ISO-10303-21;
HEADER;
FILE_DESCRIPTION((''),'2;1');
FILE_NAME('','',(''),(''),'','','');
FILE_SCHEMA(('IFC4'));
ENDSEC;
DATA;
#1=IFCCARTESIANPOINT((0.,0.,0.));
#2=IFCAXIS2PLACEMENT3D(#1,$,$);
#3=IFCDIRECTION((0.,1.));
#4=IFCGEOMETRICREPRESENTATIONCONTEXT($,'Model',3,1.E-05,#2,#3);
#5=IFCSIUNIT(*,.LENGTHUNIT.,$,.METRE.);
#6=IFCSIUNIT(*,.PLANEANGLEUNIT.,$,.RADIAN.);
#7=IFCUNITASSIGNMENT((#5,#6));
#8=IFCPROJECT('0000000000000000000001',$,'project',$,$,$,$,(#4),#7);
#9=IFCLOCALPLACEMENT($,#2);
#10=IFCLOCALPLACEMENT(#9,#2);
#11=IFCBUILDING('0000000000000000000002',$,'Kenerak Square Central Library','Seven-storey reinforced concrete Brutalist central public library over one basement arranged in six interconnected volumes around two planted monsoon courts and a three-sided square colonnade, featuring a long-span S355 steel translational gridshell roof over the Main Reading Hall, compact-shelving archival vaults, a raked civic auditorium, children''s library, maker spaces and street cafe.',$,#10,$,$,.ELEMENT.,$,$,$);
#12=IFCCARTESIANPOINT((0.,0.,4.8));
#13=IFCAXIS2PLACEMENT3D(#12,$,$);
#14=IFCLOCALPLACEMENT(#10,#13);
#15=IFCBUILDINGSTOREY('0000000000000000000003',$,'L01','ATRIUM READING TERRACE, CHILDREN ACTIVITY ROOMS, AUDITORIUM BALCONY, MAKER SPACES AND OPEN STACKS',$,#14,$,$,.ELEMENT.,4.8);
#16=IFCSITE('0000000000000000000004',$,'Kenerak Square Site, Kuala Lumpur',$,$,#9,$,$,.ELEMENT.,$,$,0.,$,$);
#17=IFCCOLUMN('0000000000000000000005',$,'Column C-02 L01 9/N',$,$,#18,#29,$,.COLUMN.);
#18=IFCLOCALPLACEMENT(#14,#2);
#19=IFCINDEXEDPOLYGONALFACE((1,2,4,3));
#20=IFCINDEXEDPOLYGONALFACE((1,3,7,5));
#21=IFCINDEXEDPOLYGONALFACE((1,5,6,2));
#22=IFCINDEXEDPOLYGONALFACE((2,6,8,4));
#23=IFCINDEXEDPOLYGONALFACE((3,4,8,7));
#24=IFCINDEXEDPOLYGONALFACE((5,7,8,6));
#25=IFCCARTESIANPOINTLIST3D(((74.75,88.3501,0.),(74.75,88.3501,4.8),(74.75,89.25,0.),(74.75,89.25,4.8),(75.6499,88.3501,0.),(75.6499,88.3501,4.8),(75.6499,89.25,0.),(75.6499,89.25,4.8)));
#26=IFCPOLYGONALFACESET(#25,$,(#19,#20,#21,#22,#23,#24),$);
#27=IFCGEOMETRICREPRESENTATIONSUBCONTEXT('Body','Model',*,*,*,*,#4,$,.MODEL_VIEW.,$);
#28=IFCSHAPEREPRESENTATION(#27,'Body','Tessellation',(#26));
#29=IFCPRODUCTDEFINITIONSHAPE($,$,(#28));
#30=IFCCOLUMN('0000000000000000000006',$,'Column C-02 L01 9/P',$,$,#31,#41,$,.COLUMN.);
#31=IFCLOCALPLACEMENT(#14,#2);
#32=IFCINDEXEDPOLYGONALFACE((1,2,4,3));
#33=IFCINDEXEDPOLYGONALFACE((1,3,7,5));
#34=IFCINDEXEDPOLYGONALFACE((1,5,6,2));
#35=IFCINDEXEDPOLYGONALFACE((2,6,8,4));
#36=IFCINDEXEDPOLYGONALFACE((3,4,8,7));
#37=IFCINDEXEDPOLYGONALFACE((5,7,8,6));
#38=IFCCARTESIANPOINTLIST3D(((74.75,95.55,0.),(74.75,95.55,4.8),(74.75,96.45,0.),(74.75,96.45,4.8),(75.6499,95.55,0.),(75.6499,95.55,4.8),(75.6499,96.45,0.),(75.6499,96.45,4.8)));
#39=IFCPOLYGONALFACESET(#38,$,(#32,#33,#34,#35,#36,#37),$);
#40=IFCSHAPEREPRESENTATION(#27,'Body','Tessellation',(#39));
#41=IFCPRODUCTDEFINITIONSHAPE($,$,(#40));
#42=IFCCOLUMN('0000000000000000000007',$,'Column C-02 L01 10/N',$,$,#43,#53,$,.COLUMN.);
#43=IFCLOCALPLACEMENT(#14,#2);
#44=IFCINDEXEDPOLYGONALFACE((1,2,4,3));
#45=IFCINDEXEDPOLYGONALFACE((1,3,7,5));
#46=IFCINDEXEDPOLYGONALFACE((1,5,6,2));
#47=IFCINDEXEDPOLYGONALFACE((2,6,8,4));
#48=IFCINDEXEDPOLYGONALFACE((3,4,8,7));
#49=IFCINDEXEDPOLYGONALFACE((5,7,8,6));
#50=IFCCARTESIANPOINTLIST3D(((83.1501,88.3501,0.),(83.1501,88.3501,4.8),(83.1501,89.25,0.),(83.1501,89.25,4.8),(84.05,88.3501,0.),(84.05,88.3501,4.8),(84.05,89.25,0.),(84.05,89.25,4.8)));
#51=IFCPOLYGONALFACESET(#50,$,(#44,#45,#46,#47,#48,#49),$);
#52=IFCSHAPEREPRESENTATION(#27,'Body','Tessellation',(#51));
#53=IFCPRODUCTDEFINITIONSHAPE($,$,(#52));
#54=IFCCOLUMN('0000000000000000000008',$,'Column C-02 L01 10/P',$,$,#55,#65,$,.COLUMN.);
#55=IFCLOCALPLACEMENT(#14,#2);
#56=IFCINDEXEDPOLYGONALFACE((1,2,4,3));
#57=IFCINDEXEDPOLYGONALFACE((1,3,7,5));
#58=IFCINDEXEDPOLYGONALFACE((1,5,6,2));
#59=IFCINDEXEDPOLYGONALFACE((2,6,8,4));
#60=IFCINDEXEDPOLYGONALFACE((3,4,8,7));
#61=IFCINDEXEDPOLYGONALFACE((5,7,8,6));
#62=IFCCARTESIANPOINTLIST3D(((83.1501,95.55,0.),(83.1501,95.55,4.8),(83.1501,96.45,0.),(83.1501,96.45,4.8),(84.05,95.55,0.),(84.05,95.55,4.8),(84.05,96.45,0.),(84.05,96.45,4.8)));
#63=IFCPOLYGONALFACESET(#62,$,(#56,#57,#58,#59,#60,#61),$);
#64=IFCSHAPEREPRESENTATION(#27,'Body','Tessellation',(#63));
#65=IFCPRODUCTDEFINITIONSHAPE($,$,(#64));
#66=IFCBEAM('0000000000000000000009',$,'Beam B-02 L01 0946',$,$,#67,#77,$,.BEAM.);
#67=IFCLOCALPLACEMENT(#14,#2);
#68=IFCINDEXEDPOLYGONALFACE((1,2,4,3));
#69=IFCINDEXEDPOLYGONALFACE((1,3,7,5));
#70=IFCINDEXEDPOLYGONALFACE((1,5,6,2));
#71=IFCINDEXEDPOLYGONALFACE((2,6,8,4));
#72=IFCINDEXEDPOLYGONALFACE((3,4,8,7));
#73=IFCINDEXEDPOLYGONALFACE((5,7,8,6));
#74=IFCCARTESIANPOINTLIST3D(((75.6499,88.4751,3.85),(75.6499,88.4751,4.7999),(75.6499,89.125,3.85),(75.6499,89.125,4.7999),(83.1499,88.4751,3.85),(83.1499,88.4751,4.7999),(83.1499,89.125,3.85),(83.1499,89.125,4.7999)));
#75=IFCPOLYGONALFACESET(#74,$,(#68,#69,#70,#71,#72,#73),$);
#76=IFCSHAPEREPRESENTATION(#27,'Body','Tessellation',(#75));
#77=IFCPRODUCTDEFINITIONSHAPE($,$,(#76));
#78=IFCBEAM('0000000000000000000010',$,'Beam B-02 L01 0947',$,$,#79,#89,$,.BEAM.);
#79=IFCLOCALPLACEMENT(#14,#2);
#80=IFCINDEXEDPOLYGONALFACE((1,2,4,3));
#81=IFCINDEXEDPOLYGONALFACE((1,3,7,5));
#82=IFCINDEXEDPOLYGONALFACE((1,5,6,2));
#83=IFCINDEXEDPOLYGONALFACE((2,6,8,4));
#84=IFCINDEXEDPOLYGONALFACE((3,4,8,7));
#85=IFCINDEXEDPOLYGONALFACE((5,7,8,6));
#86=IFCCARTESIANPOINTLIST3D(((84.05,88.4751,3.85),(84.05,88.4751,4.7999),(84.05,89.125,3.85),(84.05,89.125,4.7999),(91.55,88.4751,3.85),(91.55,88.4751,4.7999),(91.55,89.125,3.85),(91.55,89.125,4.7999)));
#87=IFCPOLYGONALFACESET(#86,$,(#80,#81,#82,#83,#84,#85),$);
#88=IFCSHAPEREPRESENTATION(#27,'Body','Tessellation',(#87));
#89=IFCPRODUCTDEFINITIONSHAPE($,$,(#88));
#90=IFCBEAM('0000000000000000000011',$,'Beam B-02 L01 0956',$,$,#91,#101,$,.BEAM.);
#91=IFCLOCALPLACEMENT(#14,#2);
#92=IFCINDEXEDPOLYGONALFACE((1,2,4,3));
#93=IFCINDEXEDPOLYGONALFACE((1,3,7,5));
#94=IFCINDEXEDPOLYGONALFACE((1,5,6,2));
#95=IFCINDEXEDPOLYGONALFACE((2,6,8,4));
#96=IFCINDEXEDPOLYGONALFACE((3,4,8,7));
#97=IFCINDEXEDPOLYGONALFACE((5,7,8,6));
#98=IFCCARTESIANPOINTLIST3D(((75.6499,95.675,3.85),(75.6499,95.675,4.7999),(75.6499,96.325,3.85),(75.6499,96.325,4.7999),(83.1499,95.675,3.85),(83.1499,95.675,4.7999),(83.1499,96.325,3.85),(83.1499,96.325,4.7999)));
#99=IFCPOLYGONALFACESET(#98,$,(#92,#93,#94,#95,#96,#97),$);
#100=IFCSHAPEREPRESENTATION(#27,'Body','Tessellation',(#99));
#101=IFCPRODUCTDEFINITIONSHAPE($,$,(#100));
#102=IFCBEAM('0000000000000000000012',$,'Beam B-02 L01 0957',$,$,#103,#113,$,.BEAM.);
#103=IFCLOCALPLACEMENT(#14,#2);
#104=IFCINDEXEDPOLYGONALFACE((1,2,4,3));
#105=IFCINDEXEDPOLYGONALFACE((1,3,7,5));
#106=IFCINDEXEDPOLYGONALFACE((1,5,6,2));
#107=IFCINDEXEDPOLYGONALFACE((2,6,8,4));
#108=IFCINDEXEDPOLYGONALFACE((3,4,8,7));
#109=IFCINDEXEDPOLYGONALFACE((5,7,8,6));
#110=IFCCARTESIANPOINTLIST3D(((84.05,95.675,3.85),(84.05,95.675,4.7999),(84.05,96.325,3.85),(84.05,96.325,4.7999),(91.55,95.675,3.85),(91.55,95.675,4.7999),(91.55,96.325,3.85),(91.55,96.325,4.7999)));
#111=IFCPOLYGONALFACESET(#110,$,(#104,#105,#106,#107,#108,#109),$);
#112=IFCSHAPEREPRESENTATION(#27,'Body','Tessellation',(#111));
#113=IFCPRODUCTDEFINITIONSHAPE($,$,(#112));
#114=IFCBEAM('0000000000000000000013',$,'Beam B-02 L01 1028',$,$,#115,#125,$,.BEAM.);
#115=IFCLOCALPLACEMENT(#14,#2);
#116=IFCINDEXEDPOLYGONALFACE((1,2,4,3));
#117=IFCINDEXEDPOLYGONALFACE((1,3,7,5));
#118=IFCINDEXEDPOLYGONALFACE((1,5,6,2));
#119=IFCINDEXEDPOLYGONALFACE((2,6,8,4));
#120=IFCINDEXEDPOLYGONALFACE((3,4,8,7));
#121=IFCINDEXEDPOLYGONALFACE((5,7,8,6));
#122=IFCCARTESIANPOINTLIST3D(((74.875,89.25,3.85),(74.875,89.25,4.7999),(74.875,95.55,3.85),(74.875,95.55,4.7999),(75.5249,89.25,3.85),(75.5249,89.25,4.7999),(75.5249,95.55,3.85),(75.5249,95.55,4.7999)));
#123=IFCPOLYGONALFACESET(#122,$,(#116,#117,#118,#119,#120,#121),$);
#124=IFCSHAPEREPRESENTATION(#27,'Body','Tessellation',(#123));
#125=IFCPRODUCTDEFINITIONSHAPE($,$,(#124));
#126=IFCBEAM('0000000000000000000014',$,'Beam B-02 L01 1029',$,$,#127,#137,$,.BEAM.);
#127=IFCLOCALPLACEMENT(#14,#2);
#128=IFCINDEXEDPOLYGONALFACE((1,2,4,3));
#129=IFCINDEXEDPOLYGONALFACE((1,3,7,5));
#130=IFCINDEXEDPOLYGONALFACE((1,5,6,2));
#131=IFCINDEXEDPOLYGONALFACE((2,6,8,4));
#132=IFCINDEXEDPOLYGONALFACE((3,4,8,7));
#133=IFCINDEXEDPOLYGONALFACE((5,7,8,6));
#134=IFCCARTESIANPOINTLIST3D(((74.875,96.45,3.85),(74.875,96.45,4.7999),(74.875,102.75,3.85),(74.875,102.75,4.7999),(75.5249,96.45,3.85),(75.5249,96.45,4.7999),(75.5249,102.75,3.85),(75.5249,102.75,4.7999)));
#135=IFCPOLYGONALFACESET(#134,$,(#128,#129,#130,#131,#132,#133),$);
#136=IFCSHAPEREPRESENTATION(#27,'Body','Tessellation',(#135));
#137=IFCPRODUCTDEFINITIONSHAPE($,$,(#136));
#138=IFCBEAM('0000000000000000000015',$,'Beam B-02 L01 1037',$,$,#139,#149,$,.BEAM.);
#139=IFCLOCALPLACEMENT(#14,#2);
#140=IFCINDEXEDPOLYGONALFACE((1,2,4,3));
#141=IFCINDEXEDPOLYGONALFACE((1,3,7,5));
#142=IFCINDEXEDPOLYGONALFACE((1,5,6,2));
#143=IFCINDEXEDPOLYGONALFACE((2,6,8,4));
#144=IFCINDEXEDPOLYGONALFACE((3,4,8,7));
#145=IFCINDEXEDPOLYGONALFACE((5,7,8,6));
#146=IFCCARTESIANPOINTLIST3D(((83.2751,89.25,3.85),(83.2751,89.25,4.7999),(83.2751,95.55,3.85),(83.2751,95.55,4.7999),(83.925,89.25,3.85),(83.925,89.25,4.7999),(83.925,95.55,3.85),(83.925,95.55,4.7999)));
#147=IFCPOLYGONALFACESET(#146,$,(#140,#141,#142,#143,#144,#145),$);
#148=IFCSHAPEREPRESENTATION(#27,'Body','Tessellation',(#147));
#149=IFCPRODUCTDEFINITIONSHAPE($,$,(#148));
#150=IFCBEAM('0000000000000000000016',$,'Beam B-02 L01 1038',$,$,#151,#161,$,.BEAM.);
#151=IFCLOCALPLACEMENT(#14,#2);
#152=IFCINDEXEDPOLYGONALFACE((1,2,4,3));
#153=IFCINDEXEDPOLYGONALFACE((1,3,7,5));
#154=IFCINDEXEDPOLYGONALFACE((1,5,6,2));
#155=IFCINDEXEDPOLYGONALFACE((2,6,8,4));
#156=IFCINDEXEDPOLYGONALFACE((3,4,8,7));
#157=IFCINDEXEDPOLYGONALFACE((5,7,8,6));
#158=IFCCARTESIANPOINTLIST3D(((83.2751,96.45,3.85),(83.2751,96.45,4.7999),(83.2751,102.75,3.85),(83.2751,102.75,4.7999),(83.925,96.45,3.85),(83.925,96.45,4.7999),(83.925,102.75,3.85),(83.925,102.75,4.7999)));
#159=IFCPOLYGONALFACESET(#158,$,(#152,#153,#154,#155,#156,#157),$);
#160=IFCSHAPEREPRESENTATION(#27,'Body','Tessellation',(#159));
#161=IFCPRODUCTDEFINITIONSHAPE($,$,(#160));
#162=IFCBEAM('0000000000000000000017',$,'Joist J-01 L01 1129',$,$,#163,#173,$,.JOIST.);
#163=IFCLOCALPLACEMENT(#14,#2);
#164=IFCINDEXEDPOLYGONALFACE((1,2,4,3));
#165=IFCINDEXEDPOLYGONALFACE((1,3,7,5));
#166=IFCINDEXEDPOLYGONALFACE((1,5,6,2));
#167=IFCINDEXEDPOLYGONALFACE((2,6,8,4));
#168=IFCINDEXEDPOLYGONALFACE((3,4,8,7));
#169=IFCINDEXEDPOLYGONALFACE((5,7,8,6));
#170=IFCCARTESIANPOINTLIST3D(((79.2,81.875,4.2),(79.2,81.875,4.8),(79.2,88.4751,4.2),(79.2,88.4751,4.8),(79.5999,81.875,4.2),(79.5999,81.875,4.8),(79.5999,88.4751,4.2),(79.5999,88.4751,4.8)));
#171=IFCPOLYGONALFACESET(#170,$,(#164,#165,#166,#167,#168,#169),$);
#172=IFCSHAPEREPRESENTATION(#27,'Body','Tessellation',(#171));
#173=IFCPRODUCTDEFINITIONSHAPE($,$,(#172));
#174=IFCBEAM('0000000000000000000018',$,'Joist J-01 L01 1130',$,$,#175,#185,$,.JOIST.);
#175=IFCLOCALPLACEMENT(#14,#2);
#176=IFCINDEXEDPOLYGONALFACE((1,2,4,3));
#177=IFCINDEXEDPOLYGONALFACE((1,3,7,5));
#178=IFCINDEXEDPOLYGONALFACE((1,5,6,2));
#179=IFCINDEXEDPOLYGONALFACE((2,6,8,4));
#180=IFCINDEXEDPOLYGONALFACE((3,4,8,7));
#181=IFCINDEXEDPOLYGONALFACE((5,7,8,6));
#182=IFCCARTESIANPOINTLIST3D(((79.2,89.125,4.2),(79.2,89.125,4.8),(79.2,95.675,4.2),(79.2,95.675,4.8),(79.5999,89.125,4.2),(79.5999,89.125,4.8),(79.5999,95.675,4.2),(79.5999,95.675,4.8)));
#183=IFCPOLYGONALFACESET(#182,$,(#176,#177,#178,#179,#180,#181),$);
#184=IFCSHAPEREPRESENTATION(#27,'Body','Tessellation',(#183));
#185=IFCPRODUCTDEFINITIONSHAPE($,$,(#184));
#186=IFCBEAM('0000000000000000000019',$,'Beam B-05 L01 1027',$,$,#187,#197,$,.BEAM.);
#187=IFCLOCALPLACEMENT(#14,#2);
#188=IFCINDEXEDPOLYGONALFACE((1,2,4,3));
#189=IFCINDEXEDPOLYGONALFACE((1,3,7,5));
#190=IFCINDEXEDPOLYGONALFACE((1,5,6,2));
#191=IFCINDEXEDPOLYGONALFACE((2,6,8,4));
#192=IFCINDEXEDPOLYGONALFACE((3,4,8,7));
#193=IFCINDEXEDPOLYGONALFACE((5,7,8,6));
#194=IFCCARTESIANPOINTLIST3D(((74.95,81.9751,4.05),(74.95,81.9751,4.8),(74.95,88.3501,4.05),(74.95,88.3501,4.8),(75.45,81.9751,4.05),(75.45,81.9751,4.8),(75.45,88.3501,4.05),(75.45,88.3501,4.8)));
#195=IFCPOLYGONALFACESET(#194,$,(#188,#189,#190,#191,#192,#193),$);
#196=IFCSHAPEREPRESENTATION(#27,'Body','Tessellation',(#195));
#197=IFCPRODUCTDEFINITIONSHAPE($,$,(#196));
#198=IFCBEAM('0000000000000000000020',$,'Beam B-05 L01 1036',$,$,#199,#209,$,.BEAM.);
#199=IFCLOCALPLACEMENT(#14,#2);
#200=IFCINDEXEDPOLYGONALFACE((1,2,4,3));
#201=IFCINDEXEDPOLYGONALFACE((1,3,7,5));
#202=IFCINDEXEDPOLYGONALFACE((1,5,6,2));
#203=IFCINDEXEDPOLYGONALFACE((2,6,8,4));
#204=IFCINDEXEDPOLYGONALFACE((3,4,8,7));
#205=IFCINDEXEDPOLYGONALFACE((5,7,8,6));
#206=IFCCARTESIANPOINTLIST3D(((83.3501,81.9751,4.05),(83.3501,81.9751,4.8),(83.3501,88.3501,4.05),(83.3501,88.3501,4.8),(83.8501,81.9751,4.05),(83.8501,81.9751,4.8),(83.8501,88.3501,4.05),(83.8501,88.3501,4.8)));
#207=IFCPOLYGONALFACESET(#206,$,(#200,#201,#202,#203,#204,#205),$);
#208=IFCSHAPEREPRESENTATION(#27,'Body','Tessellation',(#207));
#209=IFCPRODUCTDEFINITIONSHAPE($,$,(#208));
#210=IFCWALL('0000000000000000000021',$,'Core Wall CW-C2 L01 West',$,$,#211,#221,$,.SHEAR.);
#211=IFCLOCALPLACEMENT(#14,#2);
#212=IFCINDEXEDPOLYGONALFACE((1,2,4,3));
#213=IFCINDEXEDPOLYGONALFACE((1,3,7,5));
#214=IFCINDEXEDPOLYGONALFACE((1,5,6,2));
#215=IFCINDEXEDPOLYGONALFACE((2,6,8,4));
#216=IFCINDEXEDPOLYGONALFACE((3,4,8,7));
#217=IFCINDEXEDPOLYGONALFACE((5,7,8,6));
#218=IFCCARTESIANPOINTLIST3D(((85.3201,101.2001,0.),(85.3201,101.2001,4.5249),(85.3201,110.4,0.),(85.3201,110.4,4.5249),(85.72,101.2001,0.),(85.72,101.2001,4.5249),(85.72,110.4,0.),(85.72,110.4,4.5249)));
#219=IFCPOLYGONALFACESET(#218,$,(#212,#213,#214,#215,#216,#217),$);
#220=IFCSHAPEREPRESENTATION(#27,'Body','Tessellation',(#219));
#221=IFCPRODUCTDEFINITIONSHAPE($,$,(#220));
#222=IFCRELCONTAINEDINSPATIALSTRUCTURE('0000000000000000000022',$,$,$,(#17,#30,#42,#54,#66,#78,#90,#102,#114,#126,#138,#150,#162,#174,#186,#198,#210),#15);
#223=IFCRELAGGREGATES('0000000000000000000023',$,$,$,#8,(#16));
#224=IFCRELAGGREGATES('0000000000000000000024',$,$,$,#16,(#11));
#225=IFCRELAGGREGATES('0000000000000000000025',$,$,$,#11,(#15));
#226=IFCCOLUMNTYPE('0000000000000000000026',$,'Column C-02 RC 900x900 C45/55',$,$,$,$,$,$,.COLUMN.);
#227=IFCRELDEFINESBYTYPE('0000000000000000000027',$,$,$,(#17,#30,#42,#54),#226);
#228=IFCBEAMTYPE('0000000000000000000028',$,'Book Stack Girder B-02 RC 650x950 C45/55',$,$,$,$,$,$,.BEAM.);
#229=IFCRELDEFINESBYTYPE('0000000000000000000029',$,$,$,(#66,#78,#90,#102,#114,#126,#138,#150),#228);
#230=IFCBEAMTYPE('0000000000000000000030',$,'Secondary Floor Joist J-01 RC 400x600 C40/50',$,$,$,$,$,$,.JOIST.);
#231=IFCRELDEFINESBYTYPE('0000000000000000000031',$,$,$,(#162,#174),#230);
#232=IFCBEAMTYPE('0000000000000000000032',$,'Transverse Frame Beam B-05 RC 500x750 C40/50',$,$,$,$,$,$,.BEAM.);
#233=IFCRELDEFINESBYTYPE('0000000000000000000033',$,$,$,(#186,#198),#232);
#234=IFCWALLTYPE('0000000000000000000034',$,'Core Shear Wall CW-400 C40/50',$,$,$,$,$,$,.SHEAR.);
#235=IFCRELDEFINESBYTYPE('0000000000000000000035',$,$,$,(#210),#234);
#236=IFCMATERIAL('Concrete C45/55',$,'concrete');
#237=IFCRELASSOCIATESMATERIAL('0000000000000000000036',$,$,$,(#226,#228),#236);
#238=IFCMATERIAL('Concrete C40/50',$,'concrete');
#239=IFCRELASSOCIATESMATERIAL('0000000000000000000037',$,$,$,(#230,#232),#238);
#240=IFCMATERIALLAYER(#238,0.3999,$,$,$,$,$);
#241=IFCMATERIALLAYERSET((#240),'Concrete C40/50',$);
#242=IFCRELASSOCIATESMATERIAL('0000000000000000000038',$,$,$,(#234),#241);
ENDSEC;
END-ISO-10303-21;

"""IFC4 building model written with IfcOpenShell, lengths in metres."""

from ifc_helpers import new_model, si_unit, direction, frame, frame_2d, origin, origin_2d, place, context, subcontext, project, spatial, rectangle, extrude, material, layer, layer_set, material_profile, profile_set, type_object, element, save


model = new_model("IFC4")

# Units and contexts
model_context = context("Model", 3, precision=1e-05, world=origin(), true_north=direction((0.0, 1.0)))
body_context = subcontext(model_context, "Body", "Model", "MODEL_VIEW")
ifc_project = project(units=[si_unit("LENGTHUNIT", "METRE"), si_unit("PLANEANGLEUNIT", "RADIAN")], contexts=[model_context])

# Site, building, storey
site_placement = place(None, origin())
site = spatial("IfcSite", under=ifc_project, at=site_placement, Name="Kenerak Square Site, Kuala Lumpur", CompositionType="ELEMENT", RefElevation=0.0)
building_placement = place(site_placement, origin())
building = spatial("IfcBuilding", under=site, at=building_placement, Name="Kenerak Square Central Library", Description="Seven-storey reinforced concrete Brutalist central public library over one basement arranged in six interconnected volumes around two planted monsoon courts and a three-sided square colonnade, featuring a long-span S355 steel translational gridshell roof over the Main Reading Hall, compact-shelving archival vaults, a raked civic auditorium, children's library, maker spaces and street cafe.", CompositionType="ELEMENT")
storey_placement = place(building_placement, frame((0.0, 0.0, 4.8)))
storey = spatial("IfcBuildingStorey", under=building, at=storey_placement, Name="L01", Description="ATRIUM READING TERRACE, CHILDREN ACTIVITY ROOMS, AUDITORIUM BALCONY, MAKER SPACES AND OPEN STACKS", CompositionType="ELEMENT", Elevation=4.8)

# Columns
ifc_material_1 = material(Name="Concrete C45/55", Category="concrete")
ifc_material_profile_1 = material_profile(ifc_material_1, rectangle(XDim=0.8999, YDim=0.8999, at=origin_2d()), Name="RC 900x900")
ifc_profile_set_1 = profile_set([ifc_material_profile_1], Name="Concrete C45/55")
column_type = type_object("IfcColumnType", Name="Column C-02 RC 900x900 C45/55", PredefinedType="COLUMN", material=ifc_profile_set_1)
for number, where, z_axis, x_axis, name in (
    (1, (75.2, 88.8, 0.0), (0.0, 0.0, 1.0), (1.0, 0.0, 0.0), "Column C-02 L01 9/N"),
    (2, (75.2, 96.0, 0.0), (0.0, 0.0, 1.0), (1.0, 0.0, 0.0), "Column C-02 L01 9/P"),
    (3, (83.6001, 88.8, 0.0), (0.0, 0.0, 1.0), (1.0, 0.0, 0.0), "Column C-02 L01 10/N"),
    (4, (83.6001, 96.0, 0.0), (0.0, 0.0, 1.0), (1.0, 0.0, 0.0), "Column C-02 L01 10/P"),
):
    element("IfcColumn", number, at=place(storey_placement, frame(where, z_axis=z_axis, x_axis=x_axis)), inside=storey, type_object=column_type, Name=name, PredefinedType="COLUMN", context=body_context, shape_type="SweptSolid", body=[
        extrude(rectangle(XDim=0.8999, YDim=0.8999, at=origin_2d()), origin(), (0.0, 0.0, 1.0), 4.8),
    ])

# Beams
ifc_material_profile_2 = material_profile(ifc_material_1, rectangle(XDim=0.6499, YDim=0.95, at=origin_2d()), Name="RC 650x950")
ifc_profile_set_2 = profile_set([ifc_material_profile_2], Name="Concrete C45/55")
beam_type_1 = type_object("IfcBeamType", Name="Book Stack Girder B-02 RC 650x950 C45/55", PredefinedType="BEAM", material=ifc_profile_set_2)
for number, where, z_axis, x_axis, name in (
    (5, (75.6499, 88.8, 4.325), (1.0, 0.0, 0.0), (0.0, 1.0, 0.0), "Beam B-02 L01 0946"),
    (6, (84.05, 88.8, 4.325), (1.0, 0.0, 0.0), (0.0, 1.0, 0.0), "Beam B-02 L01 0947"),
    (7, (75.6499, 96.0, 4.325), (1.0, 0.0, 0.0), (0.0, 1.0, 0.0), "Beam B-02 L01 0956"),
    (8, (84.05, 96.0, 4.325), (1.0, 0.0, 0.0), (0.0, 1.0, 0.0), "Beam B-02 L01 0957"),
):
    element("IfcBeam", number, at=place(storey_placement, frame(where, z_axis=z_axis, x_axis=x_axis)), inside=storey, type_object=beam_type_1, Name=name, PredefinedType="BEAM", context=body_context, shape_type="SweptSolid", body=[
        extrude(rectangle(XDim=0.6499, YDim=0.95, at=origin_2d()), origin(), (0.0, 0.0, 1.0), 7.5),
    ])
for number, where, z_axis, x_axis, name in (
    (9, (75.2, 89.25, 4.325), (0.0, 1.0, 0.0), (-1.0, 0.0, 0.0), "Beam B-02 L01 1028"),
    (10, (75.2, 96.45, 4.325), (0.0, 1.0, 0.0), (-1.0, 0.0, 0.0), "Beam B-02 L01 1029"),
    (11, (83.6001, 89.25, 4.325), (0.0, 1.0, 0.0), (-1.0, 0.0, 0.0), "Beam B-02 L01 1037"),
    (12, (83.6001, 96.45, 4.325), (0.0, 1.0, 0.0), (-1.0, 0.0, 0.0), "Beam B-02 L01 1038"),
):
    element("IfcBeam", number, at=place(storey_placement, frame(where, z_axis=z_axis, x_axis=x_axis)), inside=storey, type_object=beam_type_1, Name=name, PredefinedType="BEAM", context=body_context, shape_type="SweptSolid", body=[
        extrude(rectangle(XDim=0.6499, YDim=0.95, at=origin_2d()), origin(), (0.0, 0.0, 1.0), 6.3),
    ])
ifc_material_2 = material(Name="Concrete C40/50", Category="concrete")
ifc_material_profile_3 = material_profile(ifc_material_2, rectangle(XDim=0.3999, YDim=0.6001, at=origin_2d()), Name="RC 400x600")
ifc_profile_set_3 = profile_set([ifc_material_profile_3], Name="Concrete C40/50")
beam_type_2 = type_object("IfcBeamType", Name="Secondary Floor Joist J-01 RC 400x600 C40/50", PredefinedType="JOIST", material=ifc_profile_set_3)
beam_1_placement = place(storey_placement, frame((79.3999, 81.875, 4.5), z_axis=(0.0, 1.0, 0.0), x_axis=(-1.0, 0.0, 0.0)))
element("IfcBeam", 13, at=beam_1_placement, inside=storey, type_object=beam_type_2, Name="Joist J-01 L01 1129", PredefinedType="JOIST", context=body_context, shape_type="SweptSolid", body=[
    extrude(rectangle(XDim=0.3999, YDim=0.6001, at=origin_2d()), origin(), (0.0, 0.0, 1.0), 6.6001),
])
beam_2_placement = place(storey_placement, frame((79.3999, 89.125, 4.5), z_axis=(0.0, 1.0, 0.0), x_axis=(-1.0, 0.0, 0.0)))
element("IfcBeam", 14, at=beam_2_placement, inside=storey, type_object=beam_type_2, Name="Joist J-01 L01 1130", PredefinedType="JOIST", context=body_context, shape_type="SweptSolid", body=[
    extrude(rectangle(XDim=0.3999, YDim=0.6001, at=origin_2d()), origin(), (0.0, 0.0, 1.0), 6.55),
])
ifc_material_profile_4 = material_profile(ifc_material_2, rectangle(XDim=0.5, YDim=0.75, at=origin_2d()), Name="RC 500x750")
ifc_profile_set_4 = profile_set([ifc_material_profile_4], Name="Concrete C40/50")
beam_type_3 = type_object("IfcBeamType", Name="Transverse Frame Beam B-05 RC 500x750 C40/50", PredefinedType="BEAM", material=ifc_profile_set_4)
for number, where, z_axis, x_axis, name in (
    (15, (75.2, 81.9751, 4.425), (0.0, 1.0, 0.0), (-1.0, 0.0, 0.0), "Beam B-05 L01 1027"),
    (16, (83.6001, 81.9751, 4.425), (0.0, 1.0, 0.0), (-1.0, 0.0, 0.0), "Beam B-05 L01 1036"),
):
    element("IfcBeam", number, at=place(storey_placement, frame(where, z_axis=z_axis, x_axis=x_axis)), inside=storey, type_object=beam_type_3, Name=name, PredefinedType="BEAM", context=body_context, shape_type="SweptSolid", body=[
        extrude(rectangle(XDim=0.5, YDim=0.75, at=origin_2d()), origin(), (0.0, 0.0, 1.0), 6.375),
    ])

# Wall
ifc_layer_1 = layer(ifc_material_2, 0.3999)
ifc_layer_set_1 = layer_set([ifc_layer_1], Name="Concrete C40/50")
wall_type_1 = type_object("IfcWallType", Name="Core Shear Wall CW-400 C40/50", PredefinedType="SHEAR", material=ifc_layer_set_1)
wall_1_placement = place(storey_placement, frame((85.52, 101.2, 0.0), z_axis=(0.0, 0.0, 1.0), x_axis=(0.0, 1.0, 0.0)))
element("IfcWall", 17, at=wall_1_placement, inside=storey, type_object=wall_type_1, Name="Core Wall CW-C2 L01 West", PredefinedType="SHEAR", context=body_context, shape_type="SweptSolid", body=[
    extrude(rectangle(XDim=9.2, YDim=0.3999, at=frame_2d((4.6001, 0.0))), origin(), (0.0, 0.0, 1.0), 4.5249),
])

save(model, "model.ifc")
